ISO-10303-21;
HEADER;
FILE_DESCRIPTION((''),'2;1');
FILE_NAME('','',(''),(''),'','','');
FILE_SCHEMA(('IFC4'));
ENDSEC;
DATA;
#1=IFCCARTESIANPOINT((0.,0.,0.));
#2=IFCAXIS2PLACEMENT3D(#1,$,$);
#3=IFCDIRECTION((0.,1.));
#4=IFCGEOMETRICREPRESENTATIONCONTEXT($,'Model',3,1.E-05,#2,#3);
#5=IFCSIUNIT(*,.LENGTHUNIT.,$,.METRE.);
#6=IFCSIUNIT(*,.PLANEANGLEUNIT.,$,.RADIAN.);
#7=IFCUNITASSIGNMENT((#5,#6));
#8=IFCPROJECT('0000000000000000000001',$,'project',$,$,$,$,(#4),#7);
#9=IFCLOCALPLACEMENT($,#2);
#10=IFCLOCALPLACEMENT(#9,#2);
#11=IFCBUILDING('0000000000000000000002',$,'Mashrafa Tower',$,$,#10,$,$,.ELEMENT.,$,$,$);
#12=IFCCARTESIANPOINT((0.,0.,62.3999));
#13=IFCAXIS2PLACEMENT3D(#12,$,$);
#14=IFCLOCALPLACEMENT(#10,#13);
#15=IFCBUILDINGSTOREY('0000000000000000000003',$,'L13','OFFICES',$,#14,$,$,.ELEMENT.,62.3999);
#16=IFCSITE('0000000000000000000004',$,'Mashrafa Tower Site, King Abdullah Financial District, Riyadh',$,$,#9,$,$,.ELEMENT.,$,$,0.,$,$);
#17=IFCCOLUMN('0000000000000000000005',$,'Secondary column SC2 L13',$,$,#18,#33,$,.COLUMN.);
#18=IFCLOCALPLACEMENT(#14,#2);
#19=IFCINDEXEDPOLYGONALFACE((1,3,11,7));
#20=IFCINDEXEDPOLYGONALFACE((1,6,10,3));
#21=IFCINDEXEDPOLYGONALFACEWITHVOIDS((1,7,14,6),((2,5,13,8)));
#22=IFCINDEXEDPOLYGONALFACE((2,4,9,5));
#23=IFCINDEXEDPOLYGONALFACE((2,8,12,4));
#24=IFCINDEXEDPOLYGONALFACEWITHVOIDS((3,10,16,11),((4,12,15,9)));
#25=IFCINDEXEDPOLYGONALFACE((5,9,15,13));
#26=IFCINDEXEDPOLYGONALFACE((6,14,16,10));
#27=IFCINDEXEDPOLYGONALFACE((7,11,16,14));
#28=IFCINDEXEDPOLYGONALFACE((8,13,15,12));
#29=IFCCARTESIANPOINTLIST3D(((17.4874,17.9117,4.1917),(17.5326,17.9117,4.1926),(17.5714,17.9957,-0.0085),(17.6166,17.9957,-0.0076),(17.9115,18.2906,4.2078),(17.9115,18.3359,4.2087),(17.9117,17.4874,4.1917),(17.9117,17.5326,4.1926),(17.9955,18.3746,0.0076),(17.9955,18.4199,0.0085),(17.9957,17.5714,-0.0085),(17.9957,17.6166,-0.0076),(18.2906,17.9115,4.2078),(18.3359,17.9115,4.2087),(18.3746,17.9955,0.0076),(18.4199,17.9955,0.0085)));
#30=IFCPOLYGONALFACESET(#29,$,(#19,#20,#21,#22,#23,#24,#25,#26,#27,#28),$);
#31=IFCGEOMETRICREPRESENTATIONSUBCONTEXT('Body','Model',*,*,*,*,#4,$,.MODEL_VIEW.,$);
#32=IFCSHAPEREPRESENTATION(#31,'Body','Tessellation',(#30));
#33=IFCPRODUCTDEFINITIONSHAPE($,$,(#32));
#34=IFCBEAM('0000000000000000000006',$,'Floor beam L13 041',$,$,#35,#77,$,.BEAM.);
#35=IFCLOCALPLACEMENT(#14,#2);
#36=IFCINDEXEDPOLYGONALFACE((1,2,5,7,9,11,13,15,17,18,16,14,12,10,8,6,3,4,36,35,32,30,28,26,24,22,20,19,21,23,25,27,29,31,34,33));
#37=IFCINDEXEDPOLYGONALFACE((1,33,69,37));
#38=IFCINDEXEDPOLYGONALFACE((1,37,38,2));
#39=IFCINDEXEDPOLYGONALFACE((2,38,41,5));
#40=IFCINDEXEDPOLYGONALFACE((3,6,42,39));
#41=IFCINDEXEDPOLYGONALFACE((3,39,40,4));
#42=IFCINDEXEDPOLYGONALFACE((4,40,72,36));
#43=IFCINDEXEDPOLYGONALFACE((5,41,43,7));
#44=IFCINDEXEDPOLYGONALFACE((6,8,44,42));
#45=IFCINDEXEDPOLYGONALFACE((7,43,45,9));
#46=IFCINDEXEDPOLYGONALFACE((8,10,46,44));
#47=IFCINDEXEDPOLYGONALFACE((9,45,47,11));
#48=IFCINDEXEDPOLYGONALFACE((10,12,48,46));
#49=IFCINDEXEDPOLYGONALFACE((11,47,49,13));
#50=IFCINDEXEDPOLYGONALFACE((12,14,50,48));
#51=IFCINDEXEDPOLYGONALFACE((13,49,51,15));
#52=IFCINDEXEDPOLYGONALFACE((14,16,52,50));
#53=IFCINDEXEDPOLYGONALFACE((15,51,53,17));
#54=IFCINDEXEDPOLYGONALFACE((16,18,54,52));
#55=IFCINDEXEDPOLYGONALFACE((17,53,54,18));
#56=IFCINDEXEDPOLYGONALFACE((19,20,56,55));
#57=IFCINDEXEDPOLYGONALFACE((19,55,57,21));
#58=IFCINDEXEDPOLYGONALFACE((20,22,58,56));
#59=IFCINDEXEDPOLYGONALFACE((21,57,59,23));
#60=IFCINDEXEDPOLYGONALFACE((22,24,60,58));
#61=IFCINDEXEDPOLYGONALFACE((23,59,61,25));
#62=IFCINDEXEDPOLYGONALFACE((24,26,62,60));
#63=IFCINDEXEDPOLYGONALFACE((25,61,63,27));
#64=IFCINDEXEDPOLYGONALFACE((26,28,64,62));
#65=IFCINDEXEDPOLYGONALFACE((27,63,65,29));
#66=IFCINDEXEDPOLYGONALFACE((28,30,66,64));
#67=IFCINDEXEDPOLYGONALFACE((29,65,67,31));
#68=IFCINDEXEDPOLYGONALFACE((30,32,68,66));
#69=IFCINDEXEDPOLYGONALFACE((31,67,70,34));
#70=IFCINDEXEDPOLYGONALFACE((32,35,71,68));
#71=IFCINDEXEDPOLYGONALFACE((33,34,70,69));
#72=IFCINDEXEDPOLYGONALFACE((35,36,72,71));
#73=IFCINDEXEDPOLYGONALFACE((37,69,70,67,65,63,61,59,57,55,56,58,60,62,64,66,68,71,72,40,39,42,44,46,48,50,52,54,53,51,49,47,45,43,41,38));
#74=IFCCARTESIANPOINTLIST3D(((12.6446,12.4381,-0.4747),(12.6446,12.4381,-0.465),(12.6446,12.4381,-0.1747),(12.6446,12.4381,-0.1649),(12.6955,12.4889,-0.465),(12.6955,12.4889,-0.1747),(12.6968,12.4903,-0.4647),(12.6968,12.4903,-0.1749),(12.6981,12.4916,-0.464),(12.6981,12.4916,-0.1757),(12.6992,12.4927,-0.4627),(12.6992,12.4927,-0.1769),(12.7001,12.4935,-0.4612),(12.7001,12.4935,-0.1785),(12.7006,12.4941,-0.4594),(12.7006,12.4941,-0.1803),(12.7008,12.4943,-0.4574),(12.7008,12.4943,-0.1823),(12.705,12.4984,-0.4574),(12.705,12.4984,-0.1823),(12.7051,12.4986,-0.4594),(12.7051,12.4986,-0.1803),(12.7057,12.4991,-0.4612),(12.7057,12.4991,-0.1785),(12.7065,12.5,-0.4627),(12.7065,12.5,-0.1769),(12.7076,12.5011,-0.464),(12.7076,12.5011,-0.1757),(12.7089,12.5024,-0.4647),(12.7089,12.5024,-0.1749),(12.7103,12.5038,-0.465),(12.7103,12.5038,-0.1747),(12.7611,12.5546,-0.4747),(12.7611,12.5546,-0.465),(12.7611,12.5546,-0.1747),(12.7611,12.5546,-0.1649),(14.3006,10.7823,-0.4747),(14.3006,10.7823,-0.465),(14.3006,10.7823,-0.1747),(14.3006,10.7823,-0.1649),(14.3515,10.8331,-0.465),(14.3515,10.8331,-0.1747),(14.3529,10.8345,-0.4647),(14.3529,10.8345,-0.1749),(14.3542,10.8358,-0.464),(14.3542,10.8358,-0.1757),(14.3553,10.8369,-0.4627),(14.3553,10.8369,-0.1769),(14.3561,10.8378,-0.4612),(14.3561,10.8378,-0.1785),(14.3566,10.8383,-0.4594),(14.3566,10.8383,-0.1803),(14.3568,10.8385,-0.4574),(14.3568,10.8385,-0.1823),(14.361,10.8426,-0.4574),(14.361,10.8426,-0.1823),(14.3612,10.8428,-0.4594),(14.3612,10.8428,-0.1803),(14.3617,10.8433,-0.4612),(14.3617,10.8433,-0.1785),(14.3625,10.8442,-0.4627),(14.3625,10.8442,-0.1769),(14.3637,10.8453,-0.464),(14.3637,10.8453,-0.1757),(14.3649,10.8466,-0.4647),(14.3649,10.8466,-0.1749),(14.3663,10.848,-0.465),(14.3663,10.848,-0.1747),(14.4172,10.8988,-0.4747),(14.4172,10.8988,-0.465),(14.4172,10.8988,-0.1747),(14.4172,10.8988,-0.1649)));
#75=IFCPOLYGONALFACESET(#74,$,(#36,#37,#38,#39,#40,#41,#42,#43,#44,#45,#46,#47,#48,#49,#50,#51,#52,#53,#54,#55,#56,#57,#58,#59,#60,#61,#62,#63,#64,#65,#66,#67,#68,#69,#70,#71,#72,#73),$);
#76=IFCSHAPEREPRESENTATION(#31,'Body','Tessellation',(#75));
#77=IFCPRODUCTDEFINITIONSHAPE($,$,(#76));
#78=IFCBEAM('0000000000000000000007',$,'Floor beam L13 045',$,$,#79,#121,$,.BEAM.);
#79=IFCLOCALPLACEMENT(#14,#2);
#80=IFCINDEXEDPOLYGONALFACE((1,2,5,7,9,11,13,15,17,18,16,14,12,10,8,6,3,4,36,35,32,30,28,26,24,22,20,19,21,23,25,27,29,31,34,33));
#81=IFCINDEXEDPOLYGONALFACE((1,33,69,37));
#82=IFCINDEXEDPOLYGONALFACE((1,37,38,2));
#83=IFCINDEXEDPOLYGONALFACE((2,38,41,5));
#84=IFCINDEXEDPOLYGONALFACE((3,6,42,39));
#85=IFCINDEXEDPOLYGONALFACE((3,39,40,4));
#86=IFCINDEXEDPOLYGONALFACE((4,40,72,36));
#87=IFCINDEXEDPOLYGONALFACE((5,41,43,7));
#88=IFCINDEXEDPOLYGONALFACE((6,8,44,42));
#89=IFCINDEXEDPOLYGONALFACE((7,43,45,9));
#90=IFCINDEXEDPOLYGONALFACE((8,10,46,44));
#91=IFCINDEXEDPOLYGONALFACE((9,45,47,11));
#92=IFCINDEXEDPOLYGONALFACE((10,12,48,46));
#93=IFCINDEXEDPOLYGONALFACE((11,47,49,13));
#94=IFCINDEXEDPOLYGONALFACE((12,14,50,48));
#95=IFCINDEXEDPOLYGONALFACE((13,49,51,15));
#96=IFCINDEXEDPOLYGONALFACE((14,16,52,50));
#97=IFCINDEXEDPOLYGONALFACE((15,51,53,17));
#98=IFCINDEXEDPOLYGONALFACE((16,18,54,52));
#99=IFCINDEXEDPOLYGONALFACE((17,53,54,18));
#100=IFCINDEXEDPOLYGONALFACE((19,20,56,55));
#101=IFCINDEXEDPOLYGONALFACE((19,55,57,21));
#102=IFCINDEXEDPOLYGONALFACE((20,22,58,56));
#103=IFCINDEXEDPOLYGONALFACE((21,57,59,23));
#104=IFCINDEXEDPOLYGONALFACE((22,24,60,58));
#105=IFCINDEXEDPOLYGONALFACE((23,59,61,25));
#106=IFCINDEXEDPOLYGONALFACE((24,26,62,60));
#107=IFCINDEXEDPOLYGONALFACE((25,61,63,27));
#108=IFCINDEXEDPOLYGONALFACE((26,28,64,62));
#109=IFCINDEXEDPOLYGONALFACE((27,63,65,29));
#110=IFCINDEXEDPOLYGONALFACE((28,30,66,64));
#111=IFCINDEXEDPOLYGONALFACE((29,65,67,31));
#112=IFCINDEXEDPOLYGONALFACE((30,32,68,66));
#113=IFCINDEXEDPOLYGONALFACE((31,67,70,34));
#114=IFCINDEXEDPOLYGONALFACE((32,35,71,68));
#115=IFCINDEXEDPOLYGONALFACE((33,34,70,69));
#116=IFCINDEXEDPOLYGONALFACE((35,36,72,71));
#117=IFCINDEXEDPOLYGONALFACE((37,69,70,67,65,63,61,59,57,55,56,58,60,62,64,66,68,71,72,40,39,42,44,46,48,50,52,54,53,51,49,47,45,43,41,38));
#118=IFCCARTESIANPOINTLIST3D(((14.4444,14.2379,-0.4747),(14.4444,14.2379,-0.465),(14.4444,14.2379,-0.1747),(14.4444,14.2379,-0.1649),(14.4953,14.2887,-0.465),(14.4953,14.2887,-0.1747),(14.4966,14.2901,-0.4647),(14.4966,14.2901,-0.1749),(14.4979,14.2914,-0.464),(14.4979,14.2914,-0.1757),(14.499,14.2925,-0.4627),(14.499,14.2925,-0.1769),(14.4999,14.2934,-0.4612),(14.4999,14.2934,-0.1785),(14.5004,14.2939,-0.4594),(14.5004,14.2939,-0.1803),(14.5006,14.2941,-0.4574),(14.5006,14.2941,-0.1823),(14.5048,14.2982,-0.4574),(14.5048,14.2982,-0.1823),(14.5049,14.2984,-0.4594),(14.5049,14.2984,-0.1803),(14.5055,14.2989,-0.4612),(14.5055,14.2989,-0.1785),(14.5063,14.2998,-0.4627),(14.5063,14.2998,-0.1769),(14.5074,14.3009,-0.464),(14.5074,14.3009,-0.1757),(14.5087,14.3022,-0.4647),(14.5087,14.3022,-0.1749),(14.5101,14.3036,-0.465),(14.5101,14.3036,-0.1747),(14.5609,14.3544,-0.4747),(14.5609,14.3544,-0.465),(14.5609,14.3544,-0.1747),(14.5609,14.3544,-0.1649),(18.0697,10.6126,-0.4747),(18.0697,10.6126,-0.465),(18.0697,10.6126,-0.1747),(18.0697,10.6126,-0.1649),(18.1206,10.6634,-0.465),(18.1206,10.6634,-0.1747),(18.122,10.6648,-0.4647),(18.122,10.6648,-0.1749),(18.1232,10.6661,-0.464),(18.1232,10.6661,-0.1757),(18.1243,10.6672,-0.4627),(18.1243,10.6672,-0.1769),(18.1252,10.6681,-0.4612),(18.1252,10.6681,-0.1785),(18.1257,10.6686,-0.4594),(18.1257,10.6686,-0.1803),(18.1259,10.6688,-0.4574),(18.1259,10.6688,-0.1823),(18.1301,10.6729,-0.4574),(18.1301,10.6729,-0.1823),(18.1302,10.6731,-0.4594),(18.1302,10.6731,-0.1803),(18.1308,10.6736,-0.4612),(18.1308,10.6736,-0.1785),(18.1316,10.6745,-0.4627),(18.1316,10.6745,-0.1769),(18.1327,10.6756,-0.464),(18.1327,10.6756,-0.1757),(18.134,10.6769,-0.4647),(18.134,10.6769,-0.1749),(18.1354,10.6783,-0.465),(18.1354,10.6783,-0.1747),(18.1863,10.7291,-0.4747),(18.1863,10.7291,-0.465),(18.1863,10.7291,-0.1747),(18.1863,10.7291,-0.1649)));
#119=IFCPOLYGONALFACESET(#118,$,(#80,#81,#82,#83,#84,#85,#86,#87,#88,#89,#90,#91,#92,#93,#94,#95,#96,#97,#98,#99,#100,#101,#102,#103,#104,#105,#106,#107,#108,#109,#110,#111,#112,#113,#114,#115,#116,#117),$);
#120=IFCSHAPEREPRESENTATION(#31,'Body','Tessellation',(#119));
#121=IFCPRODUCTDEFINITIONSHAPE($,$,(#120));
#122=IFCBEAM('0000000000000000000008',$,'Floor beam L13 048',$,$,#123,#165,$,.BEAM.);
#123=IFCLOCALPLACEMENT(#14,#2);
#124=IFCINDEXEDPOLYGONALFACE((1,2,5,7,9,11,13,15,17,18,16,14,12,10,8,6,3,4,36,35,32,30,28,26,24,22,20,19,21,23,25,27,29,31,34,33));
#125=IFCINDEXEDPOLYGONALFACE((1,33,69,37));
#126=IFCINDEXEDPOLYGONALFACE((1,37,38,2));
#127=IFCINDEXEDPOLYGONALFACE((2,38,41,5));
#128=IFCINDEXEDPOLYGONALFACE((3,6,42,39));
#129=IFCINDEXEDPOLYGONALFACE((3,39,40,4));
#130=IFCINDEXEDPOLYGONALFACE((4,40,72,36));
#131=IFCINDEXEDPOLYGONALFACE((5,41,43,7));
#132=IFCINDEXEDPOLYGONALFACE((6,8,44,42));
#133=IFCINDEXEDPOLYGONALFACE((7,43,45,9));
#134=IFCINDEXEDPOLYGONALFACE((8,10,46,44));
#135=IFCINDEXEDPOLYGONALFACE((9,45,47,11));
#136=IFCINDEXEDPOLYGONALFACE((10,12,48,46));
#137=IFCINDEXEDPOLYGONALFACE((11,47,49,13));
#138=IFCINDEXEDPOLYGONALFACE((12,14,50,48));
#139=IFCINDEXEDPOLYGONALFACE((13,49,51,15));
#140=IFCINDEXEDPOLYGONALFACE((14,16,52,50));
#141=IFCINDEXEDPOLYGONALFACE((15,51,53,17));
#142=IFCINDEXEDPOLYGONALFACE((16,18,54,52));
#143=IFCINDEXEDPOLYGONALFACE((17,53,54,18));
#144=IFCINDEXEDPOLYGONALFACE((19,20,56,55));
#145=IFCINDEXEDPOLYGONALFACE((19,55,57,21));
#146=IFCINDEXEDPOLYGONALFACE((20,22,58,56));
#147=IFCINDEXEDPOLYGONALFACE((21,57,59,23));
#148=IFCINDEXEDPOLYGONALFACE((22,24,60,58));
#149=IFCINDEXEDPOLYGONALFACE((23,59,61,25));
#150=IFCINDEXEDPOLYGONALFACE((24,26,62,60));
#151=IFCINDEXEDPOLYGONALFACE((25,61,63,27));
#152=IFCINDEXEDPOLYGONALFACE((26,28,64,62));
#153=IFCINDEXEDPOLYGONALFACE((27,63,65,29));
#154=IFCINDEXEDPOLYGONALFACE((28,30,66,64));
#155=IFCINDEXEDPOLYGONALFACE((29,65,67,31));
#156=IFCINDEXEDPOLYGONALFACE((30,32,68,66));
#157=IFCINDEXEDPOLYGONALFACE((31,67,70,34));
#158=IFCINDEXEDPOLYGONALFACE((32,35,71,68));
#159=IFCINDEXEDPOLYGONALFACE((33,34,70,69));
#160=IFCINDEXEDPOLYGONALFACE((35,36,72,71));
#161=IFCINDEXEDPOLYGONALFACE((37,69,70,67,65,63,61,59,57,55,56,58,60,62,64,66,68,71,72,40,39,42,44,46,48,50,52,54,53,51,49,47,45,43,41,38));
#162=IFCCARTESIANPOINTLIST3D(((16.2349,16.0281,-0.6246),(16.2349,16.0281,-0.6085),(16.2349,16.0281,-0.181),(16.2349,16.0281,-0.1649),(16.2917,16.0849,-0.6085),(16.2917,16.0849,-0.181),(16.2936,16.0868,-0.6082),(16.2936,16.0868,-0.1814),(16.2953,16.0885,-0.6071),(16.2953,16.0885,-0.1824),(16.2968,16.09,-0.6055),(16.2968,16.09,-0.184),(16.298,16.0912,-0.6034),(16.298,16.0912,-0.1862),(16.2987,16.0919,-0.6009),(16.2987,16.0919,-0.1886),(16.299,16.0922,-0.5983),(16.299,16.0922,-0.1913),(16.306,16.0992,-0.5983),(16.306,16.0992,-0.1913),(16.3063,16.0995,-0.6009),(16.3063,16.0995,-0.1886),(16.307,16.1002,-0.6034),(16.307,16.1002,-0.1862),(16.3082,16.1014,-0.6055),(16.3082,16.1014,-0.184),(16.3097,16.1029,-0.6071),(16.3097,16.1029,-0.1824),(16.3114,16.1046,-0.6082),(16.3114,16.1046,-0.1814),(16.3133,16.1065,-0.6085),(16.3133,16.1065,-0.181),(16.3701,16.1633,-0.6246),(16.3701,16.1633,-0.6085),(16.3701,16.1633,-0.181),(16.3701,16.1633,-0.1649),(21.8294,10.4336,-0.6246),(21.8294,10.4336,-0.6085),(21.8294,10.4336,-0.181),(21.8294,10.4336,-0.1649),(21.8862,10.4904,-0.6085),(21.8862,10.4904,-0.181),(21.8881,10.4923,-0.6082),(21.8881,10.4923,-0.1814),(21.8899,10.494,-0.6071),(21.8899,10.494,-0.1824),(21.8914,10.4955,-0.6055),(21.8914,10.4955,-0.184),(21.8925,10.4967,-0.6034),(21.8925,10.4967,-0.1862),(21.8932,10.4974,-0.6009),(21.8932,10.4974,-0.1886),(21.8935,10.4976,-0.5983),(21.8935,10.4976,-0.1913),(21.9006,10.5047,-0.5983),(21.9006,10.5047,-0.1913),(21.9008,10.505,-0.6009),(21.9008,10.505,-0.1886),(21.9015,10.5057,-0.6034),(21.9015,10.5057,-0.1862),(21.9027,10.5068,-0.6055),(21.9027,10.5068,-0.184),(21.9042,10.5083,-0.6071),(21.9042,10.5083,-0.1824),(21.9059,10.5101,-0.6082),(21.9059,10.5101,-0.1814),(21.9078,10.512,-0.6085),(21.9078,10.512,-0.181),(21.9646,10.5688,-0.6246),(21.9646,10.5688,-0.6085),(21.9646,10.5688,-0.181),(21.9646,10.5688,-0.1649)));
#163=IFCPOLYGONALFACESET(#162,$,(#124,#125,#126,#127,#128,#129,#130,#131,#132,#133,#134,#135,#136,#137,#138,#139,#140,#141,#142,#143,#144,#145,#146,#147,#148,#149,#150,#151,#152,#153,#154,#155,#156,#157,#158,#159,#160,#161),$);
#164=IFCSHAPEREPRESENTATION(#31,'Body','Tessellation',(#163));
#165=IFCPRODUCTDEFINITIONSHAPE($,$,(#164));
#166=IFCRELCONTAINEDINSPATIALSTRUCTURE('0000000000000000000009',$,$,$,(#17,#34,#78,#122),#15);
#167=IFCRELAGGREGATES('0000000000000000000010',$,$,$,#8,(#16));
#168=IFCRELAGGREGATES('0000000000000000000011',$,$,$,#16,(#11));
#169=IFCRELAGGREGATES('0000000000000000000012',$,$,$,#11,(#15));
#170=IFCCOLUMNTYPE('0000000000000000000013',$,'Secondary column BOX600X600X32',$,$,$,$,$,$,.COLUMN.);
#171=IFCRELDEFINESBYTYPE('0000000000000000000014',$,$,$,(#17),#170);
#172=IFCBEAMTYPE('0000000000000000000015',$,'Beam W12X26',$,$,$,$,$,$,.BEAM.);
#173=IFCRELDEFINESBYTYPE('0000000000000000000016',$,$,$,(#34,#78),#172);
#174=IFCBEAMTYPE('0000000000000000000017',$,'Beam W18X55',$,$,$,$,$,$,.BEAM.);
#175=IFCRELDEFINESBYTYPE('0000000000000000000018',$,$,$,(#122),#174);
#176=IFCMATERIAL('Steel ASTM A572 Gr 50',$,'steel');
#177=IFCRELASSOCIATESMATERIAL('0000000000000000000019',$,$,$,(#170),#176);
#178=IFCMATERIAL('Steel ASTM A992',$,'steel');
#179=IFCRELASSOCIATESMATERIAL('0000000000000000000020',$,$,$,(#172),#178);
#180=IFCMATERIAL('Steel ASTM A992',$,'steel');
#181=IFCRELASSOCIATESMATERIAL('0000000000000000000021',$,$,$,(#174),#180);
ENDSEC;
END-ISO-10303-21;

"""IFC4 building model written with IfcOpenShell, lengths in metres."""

from ifc_helpers import new_model, si_unit, direction, frame, origin, origin_2d, place, context, subcontext, project, spatial, hollow_rectangle, i_section, extrude, material, material_profile, profile_set, type_object, element, save


model = new_model("IFC4")

# Units and contexts
model_context = context("Model", 3, precision=1e-05, world=origin(), true_north=direction((0.0, 1.0)))
body_context = subcontext(model_context, "Body", "Model", "MODEL_VIEW")
ifc_project = project(units=[si_unit("LENGTHUNIT", "METRE"), si_unit("PLANEANGLEUNIT", "RADIAN")], contexts=[model_context])

# Site, building, storey
site_placement = place(None, origin())
site = spatial("IfcSite", under=ifc_project, at=site_placement, Name="Mashrafa Tower Site, King Abdullah Financial District, Riyadh", CompositionType="ELEMENT", RefElevation=0.0)
building_placement = place(site_placement, origin())
building = spatial("IfcBuilding", under=site, at=building_placement, Name="Mashrafa Tower", CompositionType="ELEMENT")
storey_placement = place(building_placement, frame((0.0, 0.0, 62.3999)))
storey = spatial("IfcBuildingStorey", under=building, at=storey_placement, Name="L13", Description="OFFICES", CompositionType="ELEMENT", Elevation=62.3999)

# Column
ifc_material_1 = material(Name="Steel ASTM A572 Gr 50", Category="steel")
ifc_material_profile_1 = material_profile(ifc_material_1, hollow_rectangle(XDim=0.6001, YDim=0.6001, WallThickness=0.032, at=origin_2d()), Name="BOX600X600X32")
ifc_profile_set_1 = profile_set([ifc_material_profile_1], Name="Steel ASTM A572 Gr 50")
column_type = type_object("IfcColumnType", Name="Secondary column BOX600X600X32", PredefinedType="COLUMN", material=ifc_profile_set_1)
column_placement = place(storey_placement, frame((17.9956, 17.9956, 0.0), z_axis=(-0.019987, -0.019987, 0.9996), x_axis=(0.707107, -0.707107, 0.0)))
element("IfcColumn", 1, at=column_placement, inside=storey, type_object=column_type, Name="Secondary column SC2 L13", PredefinedType="COLUMN", context=body_context, shape_type="SweptSolid", body=[
    extrude(hollow_rectangle(XDim=0.6001, YDim=0.6001, WallThickness=0.032, at=origin_2d()), origin(), (0.0, 0.0, 1.0), 4.2019),
])

# Beams
ifc_material_2 = material(Name="Steel ASTM A992", Category="steel")
ifc_material_profile_2 = material_profile(ifc_material_2, i_section(OverallWidth=0.1648, OverallDepth=0.3098, WebThickness=0.0059, FlangeThickness=0.0098, FilletRadius=0.0076, at=origin_2d()), Name="W12X26")
ifc_profile_set_2 = profile_set([ifc_material_profile_2], Name="Steel ASTM A992")
beam_type_1 = type_object("IfcBeamType", Name="Beam W12X26", PredefinedType="BEAM", material=ifc_profile_set_2)
beam_1_placement = place(storey_placement, frame((12.7029, 12.4963, -0.3198), z_axis=(0.707159, -0.707055, 0.0), x_axis=(0.707055, 0.707159, 0.0)))
element("IfcBeam", 2, at=beam_1_placement, inside=storey, type_object=beam_type_1, Name="Floor beam L13 041", PredefinedType="BEAM", context=body_context, shape_type="SweptSolid", body=[
    extrude(i_section(OverallWidth=0.1648, OverallDepth=0.3098, WebThickness=0.0059, FlangeThickness=0.0098, FilletRadius=0.0076, at=origin_2d()), origin(), (0.0, 0.0, 1.0), 2.3418),
])
beam_2_placement = place(storey_placement, frame((14.5027, 14.2961, -0.3198), z_axis=(0.707107, -0.707107, 0.0), x_axis=(0.707107, 0.707107, 0.0)))
element("IfcBeam", 3, at=beam_2_placement, inside=storey, type_object=beam_type_1, Name="Floor beam L13 045", PredefinedType="BEAM", context=body_context, shape_type="SweptSolid", body=[
    extrude(i_section(OverallWidth=0.1648, OverallDepth=0.3098, WebThickness=0.0059, FlangeThickness=0.0098, FilletRadius=0.0076, at=origin_2d()), origin(), (0.0, 0.0, 1.0), 5.127),
])
ifc_material_3 = material(Name="Steel ASTM A992", Category="steel")
ifc_material_profile_3 = material_profile(ifc_material_3, i_section(OverallWidth=0.1912, OverallDepth=0.4597, WebThickness=0.01, FlangeThickness=0.0161, FilletRadius=0.0103, at=origin_2d()), Name="W18X55")
ifc_profile_set_3 = profile_set([ifc_material_profile_3], Name="Steel ASTM A992")
beam_type_2 = type_object("IfcBeamType", Name="Beam W18X55", PredefinedType="BEAM", material=ifc_profile_set_3)
beam_3_placement = place(storey_placement, frame((16.3025, 16.0957, -0.3948), z_axis=(0.707107, -0.707107, 0.0), x_axis=(0.707107, 0.707107, 0.0)))
element("IfcBeam", 4, at=beam_3_placement, inside=storey, type_object=beam_type_2, Name="Floor beam L13 048", PredefinedType="BEAM", context=body_context, shape_type="SweptSolid", body=[
    extrude(i_section(OverallWidth=0.1912, OverallDepth=0.4597, WebThickness=0.01, FlangeThickness=0.0161, FilletRadius=0.0103, at=origin_2d()), origin(), (0.0, 0.0, 1.0), 7.9119),
])

save(model, "model.ifc")
